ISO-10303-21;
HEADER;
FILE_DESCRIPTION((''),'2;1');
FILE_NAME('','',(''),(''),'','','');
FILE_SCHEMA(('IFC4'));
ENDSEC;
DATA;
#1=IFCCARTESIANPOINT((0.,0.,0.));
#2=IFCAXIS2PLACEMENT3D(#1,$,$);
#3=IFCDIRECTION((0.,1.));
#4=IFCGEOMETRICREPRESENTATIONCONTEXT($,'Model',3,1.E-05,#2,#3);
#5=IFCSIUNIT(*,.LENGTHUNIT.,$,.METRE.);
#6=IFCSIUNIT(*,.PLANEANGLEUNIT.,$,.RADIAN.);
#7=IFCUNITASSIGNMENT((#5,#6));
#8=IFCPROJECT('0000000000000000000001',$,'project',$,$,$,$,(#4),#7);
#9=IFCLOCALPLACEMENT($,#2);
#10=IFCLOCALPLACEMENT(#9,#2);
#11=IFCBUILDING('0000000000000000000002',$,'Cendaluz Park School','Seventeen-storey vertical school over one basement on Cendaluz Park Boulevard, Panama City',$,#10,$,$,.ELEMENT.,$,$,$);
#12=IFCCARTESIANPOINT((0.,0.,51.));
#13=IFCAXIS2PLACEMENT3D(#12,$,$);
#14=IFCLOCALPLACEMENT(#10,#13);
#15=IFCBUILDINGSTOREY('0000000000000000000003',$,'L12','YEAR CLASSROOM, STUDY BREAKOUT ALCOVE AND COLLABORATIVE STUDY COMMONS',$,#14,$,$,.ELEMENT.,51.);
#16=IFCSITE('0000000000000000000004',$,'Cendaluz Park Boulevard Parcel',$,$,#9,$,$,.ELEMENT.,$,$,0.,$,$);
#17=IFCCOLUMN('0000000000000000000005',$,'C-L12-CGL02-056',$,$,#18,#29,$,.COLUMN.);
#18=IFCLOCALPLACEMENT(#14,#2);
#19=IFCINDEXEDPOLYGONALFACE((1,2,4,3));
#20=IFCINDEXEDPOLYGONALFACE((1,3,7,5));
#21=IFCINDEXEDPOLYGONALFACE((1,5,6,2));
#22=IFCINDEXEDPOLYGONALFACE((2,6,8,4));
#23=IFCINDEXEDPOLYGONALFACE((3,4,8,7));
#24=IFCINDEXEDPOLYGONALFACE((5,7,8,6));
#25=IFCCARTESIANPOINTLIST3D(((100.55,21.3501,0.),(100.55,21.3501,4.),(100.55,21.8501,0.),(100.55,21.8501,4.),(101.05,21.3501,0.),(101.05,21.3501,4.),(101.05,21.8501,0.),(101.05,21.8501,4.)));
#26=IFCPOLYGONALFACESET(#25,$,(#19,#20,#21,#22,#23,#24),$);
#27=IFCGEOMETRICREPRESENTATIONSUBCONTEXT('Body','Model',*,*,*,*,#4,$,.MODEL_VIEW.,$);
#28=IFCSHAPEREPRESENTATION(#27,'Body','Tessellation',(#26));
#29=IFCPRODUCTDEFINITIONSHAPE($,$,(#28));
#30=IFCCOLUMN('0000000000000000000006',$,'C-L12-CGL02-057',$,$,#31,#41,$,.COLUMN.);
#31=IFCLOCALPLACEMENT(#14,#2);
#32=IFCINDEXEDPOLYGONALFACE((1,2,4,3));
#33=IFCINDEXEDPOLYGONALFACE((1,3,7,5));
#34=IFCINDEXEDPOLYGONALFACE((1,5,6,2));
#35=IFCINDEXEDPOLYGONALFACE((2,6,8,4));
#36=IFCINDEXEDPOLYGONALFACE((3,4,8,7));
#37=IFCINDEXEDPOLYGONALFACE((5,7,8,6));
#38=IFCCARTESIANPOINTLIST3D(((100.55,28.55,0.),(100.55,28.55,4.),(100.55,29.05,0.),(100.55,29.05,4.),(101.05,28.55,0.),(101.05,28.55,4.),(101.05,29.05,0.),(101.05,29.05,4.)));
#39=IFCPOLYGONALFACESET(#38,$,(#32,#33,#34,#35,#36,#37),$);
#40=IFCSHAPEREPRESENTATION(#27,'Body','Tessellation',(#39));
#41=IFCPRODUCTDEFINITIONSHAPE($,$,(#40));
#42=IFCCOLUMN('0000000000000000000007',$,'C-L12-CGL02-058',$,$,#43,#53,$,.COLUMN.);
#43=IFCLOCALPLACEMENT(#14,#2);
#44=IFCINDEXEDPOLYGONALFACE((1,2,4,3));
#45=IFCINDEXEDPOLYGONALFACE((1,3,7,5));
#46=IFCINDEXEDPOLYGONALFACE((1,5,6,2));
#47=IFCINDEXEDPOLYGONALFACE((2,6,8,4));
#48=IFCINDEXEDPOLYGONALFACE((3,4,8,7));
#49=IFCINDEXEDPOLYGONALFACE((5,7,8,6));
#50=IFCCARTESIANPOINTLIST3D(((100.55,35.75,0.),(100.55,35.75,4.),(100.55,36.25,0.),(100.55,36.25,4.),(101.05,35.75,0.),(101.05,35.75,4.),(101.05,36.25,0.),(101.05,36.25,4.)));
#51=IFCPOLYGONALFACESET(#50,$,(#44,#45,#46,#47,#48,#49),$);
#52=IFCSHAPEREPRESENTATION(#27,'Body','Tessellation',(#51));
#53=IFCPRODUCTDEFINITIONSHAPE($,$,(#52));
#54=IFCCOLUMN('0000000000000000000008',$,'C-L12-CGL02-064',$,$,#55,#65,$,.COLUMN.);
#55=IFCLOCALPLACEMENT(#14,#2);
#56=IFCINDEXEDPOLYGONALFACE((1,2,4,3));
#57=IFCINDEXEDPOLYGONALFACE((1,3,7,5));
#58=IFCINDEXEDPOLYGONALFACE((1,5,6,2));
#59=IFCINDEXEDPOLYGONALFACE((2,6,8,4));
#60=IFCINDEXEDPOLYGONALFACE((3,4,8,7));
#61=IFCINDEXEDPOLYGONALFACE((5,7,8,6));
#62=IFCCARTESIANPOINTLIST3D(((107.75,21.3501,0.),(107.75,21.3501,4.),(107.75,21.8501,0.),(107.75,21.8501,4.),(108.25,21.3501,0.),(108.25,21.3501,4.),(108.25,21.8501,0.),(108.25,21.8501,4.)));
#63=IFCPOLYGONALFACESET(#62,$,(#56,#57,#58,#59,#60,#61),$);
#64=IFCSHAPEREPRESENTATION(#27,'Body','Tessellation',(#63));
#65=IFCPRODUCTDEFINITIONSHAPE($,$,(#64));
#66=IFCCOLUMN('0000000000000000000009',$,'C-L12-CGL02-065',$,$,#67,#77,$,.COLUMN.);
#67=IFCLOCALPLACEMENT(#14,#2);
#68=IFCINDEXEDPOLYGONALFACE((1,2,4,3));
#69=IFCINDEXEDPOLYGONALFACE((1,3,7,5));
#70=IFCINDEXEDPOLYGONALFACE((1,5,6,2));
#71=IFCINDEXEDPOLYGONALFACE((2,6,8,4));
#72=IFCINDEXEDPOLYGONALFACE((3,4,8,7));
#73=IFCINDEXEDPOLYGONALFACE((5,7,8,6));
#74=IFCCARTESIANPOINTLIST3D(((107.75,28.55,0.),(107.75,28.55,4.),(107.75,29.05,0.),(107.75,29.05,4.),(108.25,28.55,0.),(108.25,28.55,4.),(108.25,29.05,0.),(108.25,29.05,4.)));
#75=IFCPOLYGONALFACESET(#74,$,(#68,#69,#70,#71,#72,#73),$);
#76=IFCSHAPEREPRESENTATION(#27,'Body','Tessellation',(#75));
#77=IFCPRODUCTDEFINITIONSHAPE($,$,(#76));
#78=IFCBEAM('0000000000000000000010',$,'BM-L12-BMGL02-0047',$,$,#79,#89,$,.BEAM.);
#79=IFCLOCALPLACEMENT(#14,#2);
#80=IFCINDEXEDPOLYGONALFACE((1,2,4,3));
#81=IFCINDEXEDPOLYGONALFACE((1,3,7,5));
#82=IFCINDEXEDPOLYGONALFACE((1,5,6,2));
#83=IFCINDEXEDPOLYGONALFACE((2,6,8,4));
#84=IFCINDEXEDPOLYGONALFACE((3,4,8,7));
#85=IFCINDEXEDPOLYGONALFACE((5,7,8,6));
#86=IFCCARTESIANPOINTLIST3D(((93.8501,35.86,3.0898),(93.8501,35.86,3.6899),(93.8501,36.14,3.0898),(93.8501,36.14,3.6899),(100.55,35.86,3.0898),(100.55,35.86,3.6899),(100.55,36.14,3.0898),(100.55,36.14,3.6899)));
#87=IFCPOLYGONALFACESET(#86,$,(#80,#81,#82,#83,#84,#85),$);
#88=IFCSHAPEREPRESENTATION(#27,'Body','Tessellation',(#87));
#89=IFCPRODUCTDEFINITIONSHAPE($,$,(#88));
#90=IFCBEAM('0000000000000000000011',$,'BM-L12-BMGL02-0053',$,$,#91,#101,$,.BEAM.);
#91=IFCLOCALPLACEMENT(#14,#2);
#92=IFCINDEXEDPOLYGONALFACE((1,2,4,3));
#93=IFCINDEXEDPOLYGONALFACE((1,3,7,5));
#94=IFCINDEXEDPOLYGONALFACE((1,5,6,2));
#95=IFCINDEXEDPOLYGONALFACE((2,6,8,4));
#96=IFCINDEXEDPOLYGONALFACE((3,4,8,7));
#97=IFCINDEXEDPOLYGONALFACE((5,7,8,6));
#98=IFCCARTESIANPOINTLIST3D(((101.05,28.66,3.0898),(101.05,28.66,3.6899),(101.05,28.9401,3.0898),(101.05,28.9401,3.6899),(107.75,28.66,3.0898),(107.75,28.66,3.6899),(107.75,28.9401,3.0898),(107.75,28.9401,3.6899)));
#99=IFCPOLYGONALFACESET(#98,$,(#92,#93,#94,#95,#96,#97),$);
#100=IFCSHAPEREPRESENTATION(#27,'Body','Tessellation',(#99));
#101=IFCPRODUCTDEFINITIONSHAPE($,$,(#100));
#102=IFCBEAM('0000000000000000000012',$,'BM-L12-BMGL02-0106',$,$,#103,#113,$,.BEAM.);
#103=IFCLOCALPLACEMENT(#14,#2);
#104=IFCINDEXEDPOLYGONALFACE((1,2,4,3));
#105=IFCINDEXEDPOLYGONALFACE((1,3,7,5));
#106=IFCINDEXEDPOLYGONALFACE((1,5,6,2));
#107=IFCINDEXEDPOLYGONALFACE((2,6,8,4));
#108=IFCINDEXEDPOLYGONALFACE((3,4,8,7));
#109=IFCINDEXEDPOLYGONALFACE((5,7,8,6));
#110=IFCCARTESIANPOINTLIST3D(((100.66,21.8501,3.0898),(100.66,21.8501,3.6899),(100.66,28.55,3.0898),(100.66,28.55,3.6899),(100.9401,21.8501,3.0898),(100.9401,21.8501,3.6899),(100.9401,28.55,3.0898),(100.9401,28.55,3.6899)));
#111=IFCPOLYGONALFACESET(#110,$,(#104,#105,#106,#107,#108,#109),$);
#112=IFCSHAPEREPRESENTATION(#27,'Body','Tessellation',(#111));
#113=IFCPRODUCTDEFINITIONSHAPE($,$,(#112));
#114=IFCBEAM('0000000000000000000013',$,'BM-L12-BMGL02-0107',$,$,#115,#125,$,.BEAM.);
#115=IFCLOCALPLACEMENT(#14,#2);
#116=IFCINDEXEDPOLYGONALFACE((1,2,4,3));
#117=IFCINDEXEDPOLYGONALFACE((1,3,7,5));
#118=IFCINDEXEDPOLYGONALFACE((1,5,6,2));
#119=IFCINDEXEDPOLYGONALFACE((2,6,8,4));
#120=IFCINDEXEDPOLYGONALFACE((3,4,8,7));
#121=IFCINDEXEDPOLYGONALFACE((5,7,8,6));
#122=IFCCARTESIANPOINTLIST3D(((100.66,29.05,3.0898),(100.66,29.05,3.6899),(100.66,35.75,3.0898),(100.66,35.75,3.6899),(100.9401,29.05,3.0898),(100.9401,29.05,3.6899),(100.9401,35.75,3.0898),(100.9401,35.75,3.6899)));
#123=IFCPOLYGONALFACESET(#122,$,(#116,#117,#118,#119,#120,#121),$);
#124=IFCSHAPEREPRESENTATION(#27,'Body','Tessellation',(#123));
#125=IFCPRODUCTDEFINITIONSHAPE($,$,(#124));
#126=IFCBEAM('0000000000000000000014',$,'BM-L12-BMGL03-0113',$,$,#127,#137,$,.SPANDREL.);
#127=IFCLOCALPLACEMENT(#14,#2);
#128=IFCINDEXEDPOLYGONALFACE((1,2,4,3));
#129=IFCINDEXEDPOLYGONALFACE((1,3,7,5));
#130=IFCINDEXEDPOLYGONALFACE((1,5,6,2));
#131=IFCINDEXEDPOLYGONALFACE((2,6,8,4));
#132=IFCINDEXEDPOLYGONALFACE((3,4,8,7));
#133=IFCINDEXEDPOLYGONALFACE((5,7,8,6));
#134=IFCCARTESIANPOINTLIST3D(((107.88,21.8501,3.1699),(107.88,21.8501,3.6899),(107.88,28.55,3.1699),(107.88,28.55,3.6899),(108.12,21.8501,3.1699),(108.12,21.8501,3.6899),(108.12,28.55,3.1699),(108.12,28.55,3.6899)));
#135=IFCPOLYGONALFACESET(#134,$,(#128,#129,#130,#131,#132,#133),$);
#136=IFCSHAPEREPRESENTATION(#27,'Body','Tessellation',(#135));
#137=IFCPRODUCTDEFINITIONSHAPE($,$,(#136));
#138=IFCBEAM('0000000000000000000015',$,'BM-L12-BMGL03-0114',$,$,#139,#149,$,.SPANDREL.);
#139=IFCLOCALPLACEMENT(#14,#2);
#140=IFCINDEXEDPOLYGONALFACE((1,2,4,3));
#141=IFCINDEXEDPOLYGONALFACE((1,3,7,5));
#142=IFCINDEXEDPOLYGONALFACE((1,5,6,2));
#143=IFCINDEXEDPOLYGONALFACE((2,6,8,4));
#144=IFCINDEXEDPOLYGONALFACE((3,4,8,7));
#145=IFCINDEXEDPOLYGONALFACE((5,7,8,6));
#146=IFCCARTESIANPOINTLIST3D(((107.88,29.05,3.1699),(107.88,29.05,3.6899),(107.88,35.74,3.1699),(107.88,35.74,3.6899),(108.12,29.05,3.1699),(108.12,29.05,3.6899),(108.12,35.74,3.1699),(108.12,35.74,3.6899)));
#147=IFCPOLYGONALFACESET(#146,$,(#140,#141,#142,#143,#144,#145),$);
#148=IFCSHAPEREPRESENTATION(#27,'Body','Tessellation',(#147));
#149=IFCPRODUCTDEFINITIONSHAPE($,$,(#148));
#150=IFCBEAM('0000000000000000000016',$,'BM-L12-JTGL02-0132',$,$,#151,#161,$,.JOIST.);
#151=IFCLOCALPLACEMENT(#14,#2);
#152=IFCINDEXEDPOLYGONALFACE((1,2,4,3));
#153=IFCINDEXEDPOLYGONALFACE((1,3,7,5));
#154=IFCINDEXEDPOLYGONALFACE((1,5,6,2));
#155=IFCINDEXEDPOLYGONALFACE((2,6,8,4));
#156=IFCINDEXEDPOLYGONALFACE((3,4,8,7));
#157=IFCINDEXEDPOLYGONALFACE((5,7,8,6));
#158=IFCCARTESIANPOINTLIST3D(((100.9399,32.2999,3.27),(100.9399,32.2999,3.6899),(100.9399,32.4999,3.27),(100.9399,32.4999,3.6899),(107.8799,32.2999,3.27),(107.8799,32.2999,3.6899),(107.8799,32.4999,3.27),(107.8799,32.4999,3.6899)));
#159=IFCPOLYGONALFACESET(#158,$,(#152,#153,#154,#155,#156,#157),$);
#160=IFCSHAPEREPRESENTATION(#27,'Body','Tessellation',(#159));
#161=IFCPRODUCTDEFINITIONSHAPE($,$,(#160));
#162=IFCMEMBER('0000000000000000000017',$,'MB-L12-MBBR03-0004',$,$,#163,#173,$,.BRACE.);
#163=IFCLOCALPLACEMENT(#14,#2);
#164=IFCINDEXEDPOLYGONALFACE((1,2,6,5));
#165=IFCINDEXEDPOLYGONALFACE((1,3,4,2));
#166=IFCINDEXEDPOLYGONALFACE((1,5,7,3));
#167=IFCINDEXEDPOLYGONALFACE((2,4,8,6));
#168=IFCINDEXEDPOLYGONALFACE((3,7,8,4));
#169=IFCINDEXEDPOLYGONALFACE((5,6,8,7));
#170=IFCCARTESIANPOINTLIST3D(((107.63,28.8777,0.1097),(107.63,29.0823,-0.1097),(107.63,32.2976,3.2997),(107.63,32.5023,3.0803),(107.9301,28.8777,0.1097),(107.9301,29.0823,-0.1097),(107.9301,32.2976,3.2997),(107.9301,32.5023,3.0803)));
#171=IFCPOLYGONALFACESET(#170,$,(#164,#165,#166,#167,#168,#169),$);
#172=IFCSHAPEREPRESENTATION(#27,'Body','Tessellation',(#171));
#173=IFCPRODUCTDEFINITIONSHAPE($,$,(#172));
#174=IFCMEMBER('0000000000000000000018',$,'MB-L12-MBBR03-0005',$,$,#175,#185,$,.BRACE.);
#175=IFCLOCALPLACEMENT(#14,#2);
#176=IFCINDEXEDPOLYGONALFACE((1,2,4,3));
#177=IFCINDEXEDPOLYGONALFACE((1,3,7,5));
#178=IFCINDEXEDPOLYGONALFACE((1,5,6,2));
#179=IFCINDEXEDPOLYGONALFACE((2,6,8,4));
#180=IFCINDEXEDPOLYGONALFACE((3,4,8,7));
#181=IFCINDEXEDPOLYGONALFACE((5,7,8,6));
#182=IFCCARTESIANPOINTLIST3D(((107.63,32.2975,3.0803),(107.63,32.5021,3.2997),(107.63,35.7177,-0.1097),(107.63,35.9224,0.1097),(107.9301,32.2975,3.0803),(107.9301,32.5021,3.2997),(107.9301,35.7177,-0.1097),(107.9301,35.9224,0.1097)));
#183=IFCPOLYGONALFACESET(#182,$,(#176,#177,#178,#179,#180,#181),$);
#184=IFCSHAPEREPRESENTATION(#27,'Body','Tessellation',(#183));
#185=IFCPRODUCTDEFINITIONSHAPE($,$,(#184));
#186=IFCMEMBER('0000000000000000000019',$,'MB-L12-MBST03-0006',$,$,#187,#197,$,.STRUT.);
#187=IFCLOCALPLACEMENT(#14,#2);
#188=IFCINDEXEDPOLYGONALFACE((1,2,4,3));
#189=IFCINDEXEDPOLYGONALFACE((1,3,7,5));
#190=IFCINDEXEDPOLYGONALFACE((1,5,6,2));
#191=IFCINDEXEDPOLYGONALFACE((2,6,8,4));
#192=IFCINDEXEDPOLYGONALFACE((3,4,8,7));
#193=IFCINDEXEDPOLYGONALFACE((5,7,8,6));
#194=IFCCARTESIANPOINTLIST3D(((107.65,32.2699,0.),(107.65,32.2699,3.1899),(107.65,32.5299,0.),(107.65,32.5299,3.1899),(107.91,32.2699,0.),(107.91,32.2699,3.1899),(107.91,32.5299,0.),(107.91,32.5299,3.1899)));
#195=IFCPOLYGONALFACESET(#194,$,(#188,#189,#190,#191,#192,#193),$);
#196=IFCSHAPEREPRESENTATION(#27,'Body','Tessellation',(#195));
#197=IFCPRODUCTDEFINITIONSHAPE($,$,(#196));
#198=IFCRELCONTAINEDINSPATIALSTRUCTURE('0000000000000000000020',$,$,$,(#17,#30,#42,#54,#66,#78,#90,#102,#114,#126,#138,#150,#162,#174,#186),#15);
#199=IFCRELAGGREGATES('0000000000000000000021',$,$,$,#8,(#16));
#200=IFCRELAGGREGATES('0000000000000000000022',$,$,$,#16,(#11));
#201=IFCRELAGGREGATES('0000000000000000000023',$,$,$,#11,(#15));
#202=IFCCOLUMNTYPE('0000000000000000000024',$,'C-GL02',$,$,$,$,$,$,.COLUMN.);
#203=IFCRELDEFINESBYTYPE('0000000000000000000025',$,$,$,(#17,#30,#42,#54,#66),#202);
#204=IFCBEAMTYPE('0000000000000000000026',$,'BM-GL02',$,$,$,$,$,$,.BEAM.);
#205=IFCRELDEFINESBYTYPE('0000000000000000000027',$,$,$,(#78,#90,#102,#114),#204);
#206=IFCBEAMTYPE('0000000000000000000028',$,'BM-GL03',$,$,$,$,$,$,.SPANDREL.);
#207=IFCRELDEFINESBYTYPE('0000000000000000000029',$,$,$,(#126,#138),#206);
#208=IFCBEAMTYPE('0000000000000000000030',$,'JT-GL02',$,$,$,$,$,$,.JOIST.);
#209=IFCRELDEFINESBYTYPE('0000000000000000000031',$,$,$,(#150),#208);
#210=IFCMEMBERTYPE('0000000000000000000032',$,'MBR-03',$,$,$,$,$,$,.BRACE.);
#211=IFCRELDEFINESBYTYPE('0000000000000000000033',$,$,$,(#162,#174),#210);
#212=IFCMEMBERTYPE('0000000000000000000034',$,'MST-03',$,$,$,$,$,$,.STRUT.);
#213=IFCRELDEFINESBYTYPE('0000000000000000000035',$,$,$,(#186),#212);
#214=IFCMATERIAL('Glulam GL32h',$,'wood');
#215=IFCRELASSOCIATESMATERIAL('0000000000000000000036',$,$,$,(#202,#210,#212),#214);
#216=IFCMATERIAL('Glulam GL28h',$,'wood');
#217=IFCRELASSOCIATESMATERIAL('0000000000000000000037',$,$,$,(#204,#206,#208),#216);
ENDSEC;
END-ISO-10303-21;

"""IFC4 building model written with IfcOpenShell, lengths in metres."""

from ifc_helpers import new_model, si_unit, direction, frame, origin, origin_2d, place, context, subcontext, project, spatial, rectangle, extrude, material, material_profile, profile_set, type_object, element, save


model = new_model("IFC4")

# Units and contexts
model_context = context("Model", 3, precision=1e-05, world=origin(), true_north=direction((0.0, 1.0)))
body_context = subcontext(model_context, "Body", "Model", "MODEL_VIEW")
ifc_project = project(units=[si_unit("LENGTHUNIT", "METRE"), si_unit("PLANEANGLEUNIT", "RADIAN")], contexts=[model_context])

# Site, building, storey
site_placement = place(None, origin())
site = spatial("IfcSite", under=ifc_project, at=site_placement, Name="Cendaluz Park Boulevard Parcel", CompositionType="ELEMENT", RefElevation=0.0)
building_placement = place(site_placement, origin())
building = spatial("IfcBuilding", under=site, at=building_placement, Name="Cendaluz Park School", Description="Seventeen-storey vertical school over one basement on Cendaluz Park Boulevard, Panama City", CompositionType="ELEMENT")
storey_placement = place(building_placement, frame((0.0, 0.0, 51.0)))
storey = spatial("IfcBuildingStorey", under=building, at=storey_placement, Name="L12", Description="YEAR CLASSROOM, STUDY BREAKOUT ALCOVE AND COLLABORATIVE STUDY COMMONS", CompositionType="ELEMENT", Elevation=51.0)

# Columns
ifc_material_1 = material(Name="Glulam GL32h", Category="wood")
ifc_material_profile_1 = material_profile(ifc_material_1, rectangle(XDim=0.5, YDim=0.5, at=origin_2d()), Name="GL32h 500x500", Category="wood")
ifc_profile_set_1 = profile_set([ifc_material_profile_1], Name="Glulam GL32h")
column_type = type_object("IfcColumnType", Name="C-GL02", PredefinedType="COLUMN", material=ifc_profile_set_1)
for number, where, z_axis, x_axis, name in (
    (1, (100.8, 21.6001, 0.0), (0.0, 0.0, 1.0), (1.0, 0.0, 0.0), "C-L12-CGL02-056"),
    (2, (100.8, 28.8, 0.0), (0.0, 0.0, 1.0), (1.0, 0.0, 0.0), "C-L12-CGL02-057"),
    (3, (100.8, 36.0, 0.0), (0.0, 0.0, 1.0), (1.0, 0.0, 0.0), "C-L12-CGL02-058"),
    (4, (108.0, 21.6001, 0.0), (0.0, 0.0, 1.0), (1.0, 0.0, 0.0), "C-L12-CGL02-064"),
    (5, (108.0, 28.8, 0.0), (0.0, 0.0, 1.0), (1.0, 0.0, 0.0), "C-L12-CGL02-065"),
):
    element("IfcColumn", number, at=place(storey_placement, frame(where, z_axis=z_axis, x_axis=x_axis)), inside=storey, type_object=column_type, Name=name, PredefinedType="COLUMN", context=body_context, shape_type="SweptSolid", body=[
        extrude(rectangle(XDim=0.5, YDim=0.5, at=origin_2d()), origin(), (0.0, 0.0, 1.0), 4.0),
    ])

# Beams
ifc_material_2 = material(Name="Glulam GL28h", Category="wood")
ifc_material_profile_2 = material_profile(ifc_material_2, rectangle(XDim=0.28, YDim=0.6001, at=origin_2d()), Name="GL28h 280x600", Category="wood")
ifc_profile_set_2 = profile_set([ifc_material_profile_2], Name="Glulam GL28h")
beam_type_1 = type_object("IfcBeamType", Name="BM-GL02", PredefinedType="BEAM", material=ifc_profile_set_2)
for number, where, z_axis, x_axis, name in (
    (6, (93.8501, 36.0, 3.3899), (1.0, 0.0, 0.0), (0.0, 1.0, 0.0), "BM-L12-BMGL02-0047"),
    (7, (101.05, 28.8, 3.3899), (1.0, 0.0, 0.0), (0.0, 1.0, 0.0), "BM-L12-BMGL02-0053"),
    (8, (100.8, 21.8501, 3.3899), (0.0, 1.0, 0.0), (-1.0, 0.0, 0.0), "BM-L12-BMGL02-0106"),
    (9, (100.8, 29.05, 3.3899), (0.0, 1.0, 0.0), (-1.0, 0.0, 0.0), "BM-L12-BMGL02-0107"),
):
    element("IfcBeam", number, at=place(storey_placement, frame(where, z_axis=z_axis, x_axis=x_axis)), inside=storey, type_object=beam_type_1, Name=name, PredefinedType="BEAM", context=body_context, shape_type="SweptSolid", body=[
        extrude(rectangle(XDim=0.28, YDim=0.6001, at=origin_2d()), origin(), (0.0, 0.0, 1.0), 6.7),
    ])
ifc_material_profile_3 = material_profile(ifc_material_2, rectangle(XDim=0.24, YDim=0.52, at=origin_2d()), Name="GL28h 240x520", Category="wood")
ifc_profile_set_3 = profile_set([ifc_material_profile_3], Name="Glulam GL28h")
beam_type_2 = type_object("IfcBeamType", Name="BM-GL03", PredefinedType="SPANDREL", material=ifc_profile_set_3)
beam_1_placement = place(storey_placement, frame((108.0, 21.8501, 3.4299), z_axis=(0.0, 1.0, 0.0), x_axis=(-1.0, 0.0, 0.0)))
element("IfcBeam", 10, at=beam_1_placement, inside=storey, type_object=beam_type_2, Name="BM-L12-BMGL03-0113", PredefinedType="SPANDREL", context=body_context, shape_type="SweptSolid", body=[
    extrude(rectangle(XDim=0.24, YDim=0.52, at=origin_2d()), origin(), (0.0, 0.0, 1.0), 6.7),
])
beam_2_placement = place(storey_placement, frame((108.0, 29.05, 3.4299), z_axis=(0.0, 1.0, 0.0), x_axis=(-1.0, 0.0, 0.0)))
element("IfcBeam", 11, at=beam_2_placement, inside=storey, type_object=beam_type_2, Name="BM-L12-BMGL03-0114", PredefinedType="SPANDREL", context=body_context, shape_type="SweptSolid", body=[
    extrude(rectangle(XDim=0.24, YDim=0.52, at=origin_2d()), origin(), (0.0, 0.0, 1.0), 6.6899),
])
ifc_material_profile_4 = material_profile(ifc_material_2, rectangle(XDim=0.2, YDim=0.4199, at=origin_2d()), Name="GL28h 200x420", Category="wood")
ifc_profile_set_4 = profile_set([ifc_material_profile_4], Name="Glulam GL28h")
beam_type_3 = type_object("IfcBeamType", Name="JT-GL02", PredefinedType="JOIST", material=ifc_profile_set_4)
beam_3_placement = place(storey_placement, frame((100.9399, 32.3999, 3.48), z_axis=(1.0, 0.0, 0.0), x_axis=(0.0, 1.0, 0.0)))
element("IfcBeam", 12, at=beam_3_placement, inside=storey, type_object=beam_type_3, Name="BM-L12-JTGL02-0132", PredefinedType="JOIST", context=body_context, shape_type="SweptSolid", body=[
    extrude(rectangle(XDim=0.2, YDim=0.4199, at=origin_2d()), origin(), (0.0, 0.0, 1.0), 6.9399),
])

# Members
ifc_material_profile_5 = material_profile(ifc_material_1, rectangle(XDim=0.3, YDim=0.3, at=origin_2d()), Name="GL32h 300x300", Category="wood")
ifc_profile_set_5 = profile_set([ifc_material_profile_5], Name="Glulam GL32h")
member_type_1 = type_object("IfcMemberType", Name="MBR-03", PredefinedType="BRACE", material=ifc_profile_set_5)
member_1_placement = place(storey_placement, frame((107.78, 28.98, 0.0), z_axis=(0.0, 0.731267, 0.682091), x_axis=(-1.0, 0.0, 0.0)))
element("IfcMember", 13, at=member_1_placement, inside=storey, type_object=member_type_1, Name="MB-L12-MBBR03-0004", PredefinedType="BRACE", context=body_context, shape_type="SweptSolid", body=[
    extrude(rectangle(XDim=0.3, YDim=0.3, at=origin_2d()), origin(), (0.0, 0.0, 1.0), 4.6768),
])
member_2_placement = place(storey_placement, frame((107.78, 35.8201, 0.0), z_axis=(0.0, -0.731291, 0.682065), x_axis=(1.0, 0.0, 0.0)))
element("IfcMember", 14, at=member_2_placement, inside=storey, type_object=member_type_1, Name="MB-L12-MBBR03-0005", PredefinedType="BRACE", context=body_context, shape_type="SweptSolid", body=[
    extrude(rectangle(XDim=0.3, YDim=0.3, at=origin_2d()), origin(), (0.0, 0.0, 1.0), 4.677),
])
ifc_material_profile_6 = material_profile(ifc_material_1, rectangle(XDim=0.26, YDim=0.26, at=origin_2d()), Name="GL32h 260x260", Category="wood")
ifc_profile_set_6 = profile_set([ifc_material_profile_6], Name="Glulam GL32h")
member_type_2 = type_object("IfcMemberType", Name="MST-03", PredefinedType="STRUT", material=ifc_profile_set_6)
member_3_placement = place(storey_placement, frame((107.78, 32.3999, 0.0), z_axis=(0.0, 0.0, 1.0), x_axis=(1.0, 0.0, 0.0)))
element("IfcMember", 15, at=member_3_placement, inside=storey, type_object=member_type_2, Name="MB-L12-MBST03-0006", PredefinedType="STRUT", context=body_context, shape_type="SweptSolid", body=[
    extrude(rectangle(XDim=0.26, YDim=0.26, at=origin_2d()), origin(), (0.0, 0.0, 1.0), 3.1899),
])

save(model, "model.ifc")
